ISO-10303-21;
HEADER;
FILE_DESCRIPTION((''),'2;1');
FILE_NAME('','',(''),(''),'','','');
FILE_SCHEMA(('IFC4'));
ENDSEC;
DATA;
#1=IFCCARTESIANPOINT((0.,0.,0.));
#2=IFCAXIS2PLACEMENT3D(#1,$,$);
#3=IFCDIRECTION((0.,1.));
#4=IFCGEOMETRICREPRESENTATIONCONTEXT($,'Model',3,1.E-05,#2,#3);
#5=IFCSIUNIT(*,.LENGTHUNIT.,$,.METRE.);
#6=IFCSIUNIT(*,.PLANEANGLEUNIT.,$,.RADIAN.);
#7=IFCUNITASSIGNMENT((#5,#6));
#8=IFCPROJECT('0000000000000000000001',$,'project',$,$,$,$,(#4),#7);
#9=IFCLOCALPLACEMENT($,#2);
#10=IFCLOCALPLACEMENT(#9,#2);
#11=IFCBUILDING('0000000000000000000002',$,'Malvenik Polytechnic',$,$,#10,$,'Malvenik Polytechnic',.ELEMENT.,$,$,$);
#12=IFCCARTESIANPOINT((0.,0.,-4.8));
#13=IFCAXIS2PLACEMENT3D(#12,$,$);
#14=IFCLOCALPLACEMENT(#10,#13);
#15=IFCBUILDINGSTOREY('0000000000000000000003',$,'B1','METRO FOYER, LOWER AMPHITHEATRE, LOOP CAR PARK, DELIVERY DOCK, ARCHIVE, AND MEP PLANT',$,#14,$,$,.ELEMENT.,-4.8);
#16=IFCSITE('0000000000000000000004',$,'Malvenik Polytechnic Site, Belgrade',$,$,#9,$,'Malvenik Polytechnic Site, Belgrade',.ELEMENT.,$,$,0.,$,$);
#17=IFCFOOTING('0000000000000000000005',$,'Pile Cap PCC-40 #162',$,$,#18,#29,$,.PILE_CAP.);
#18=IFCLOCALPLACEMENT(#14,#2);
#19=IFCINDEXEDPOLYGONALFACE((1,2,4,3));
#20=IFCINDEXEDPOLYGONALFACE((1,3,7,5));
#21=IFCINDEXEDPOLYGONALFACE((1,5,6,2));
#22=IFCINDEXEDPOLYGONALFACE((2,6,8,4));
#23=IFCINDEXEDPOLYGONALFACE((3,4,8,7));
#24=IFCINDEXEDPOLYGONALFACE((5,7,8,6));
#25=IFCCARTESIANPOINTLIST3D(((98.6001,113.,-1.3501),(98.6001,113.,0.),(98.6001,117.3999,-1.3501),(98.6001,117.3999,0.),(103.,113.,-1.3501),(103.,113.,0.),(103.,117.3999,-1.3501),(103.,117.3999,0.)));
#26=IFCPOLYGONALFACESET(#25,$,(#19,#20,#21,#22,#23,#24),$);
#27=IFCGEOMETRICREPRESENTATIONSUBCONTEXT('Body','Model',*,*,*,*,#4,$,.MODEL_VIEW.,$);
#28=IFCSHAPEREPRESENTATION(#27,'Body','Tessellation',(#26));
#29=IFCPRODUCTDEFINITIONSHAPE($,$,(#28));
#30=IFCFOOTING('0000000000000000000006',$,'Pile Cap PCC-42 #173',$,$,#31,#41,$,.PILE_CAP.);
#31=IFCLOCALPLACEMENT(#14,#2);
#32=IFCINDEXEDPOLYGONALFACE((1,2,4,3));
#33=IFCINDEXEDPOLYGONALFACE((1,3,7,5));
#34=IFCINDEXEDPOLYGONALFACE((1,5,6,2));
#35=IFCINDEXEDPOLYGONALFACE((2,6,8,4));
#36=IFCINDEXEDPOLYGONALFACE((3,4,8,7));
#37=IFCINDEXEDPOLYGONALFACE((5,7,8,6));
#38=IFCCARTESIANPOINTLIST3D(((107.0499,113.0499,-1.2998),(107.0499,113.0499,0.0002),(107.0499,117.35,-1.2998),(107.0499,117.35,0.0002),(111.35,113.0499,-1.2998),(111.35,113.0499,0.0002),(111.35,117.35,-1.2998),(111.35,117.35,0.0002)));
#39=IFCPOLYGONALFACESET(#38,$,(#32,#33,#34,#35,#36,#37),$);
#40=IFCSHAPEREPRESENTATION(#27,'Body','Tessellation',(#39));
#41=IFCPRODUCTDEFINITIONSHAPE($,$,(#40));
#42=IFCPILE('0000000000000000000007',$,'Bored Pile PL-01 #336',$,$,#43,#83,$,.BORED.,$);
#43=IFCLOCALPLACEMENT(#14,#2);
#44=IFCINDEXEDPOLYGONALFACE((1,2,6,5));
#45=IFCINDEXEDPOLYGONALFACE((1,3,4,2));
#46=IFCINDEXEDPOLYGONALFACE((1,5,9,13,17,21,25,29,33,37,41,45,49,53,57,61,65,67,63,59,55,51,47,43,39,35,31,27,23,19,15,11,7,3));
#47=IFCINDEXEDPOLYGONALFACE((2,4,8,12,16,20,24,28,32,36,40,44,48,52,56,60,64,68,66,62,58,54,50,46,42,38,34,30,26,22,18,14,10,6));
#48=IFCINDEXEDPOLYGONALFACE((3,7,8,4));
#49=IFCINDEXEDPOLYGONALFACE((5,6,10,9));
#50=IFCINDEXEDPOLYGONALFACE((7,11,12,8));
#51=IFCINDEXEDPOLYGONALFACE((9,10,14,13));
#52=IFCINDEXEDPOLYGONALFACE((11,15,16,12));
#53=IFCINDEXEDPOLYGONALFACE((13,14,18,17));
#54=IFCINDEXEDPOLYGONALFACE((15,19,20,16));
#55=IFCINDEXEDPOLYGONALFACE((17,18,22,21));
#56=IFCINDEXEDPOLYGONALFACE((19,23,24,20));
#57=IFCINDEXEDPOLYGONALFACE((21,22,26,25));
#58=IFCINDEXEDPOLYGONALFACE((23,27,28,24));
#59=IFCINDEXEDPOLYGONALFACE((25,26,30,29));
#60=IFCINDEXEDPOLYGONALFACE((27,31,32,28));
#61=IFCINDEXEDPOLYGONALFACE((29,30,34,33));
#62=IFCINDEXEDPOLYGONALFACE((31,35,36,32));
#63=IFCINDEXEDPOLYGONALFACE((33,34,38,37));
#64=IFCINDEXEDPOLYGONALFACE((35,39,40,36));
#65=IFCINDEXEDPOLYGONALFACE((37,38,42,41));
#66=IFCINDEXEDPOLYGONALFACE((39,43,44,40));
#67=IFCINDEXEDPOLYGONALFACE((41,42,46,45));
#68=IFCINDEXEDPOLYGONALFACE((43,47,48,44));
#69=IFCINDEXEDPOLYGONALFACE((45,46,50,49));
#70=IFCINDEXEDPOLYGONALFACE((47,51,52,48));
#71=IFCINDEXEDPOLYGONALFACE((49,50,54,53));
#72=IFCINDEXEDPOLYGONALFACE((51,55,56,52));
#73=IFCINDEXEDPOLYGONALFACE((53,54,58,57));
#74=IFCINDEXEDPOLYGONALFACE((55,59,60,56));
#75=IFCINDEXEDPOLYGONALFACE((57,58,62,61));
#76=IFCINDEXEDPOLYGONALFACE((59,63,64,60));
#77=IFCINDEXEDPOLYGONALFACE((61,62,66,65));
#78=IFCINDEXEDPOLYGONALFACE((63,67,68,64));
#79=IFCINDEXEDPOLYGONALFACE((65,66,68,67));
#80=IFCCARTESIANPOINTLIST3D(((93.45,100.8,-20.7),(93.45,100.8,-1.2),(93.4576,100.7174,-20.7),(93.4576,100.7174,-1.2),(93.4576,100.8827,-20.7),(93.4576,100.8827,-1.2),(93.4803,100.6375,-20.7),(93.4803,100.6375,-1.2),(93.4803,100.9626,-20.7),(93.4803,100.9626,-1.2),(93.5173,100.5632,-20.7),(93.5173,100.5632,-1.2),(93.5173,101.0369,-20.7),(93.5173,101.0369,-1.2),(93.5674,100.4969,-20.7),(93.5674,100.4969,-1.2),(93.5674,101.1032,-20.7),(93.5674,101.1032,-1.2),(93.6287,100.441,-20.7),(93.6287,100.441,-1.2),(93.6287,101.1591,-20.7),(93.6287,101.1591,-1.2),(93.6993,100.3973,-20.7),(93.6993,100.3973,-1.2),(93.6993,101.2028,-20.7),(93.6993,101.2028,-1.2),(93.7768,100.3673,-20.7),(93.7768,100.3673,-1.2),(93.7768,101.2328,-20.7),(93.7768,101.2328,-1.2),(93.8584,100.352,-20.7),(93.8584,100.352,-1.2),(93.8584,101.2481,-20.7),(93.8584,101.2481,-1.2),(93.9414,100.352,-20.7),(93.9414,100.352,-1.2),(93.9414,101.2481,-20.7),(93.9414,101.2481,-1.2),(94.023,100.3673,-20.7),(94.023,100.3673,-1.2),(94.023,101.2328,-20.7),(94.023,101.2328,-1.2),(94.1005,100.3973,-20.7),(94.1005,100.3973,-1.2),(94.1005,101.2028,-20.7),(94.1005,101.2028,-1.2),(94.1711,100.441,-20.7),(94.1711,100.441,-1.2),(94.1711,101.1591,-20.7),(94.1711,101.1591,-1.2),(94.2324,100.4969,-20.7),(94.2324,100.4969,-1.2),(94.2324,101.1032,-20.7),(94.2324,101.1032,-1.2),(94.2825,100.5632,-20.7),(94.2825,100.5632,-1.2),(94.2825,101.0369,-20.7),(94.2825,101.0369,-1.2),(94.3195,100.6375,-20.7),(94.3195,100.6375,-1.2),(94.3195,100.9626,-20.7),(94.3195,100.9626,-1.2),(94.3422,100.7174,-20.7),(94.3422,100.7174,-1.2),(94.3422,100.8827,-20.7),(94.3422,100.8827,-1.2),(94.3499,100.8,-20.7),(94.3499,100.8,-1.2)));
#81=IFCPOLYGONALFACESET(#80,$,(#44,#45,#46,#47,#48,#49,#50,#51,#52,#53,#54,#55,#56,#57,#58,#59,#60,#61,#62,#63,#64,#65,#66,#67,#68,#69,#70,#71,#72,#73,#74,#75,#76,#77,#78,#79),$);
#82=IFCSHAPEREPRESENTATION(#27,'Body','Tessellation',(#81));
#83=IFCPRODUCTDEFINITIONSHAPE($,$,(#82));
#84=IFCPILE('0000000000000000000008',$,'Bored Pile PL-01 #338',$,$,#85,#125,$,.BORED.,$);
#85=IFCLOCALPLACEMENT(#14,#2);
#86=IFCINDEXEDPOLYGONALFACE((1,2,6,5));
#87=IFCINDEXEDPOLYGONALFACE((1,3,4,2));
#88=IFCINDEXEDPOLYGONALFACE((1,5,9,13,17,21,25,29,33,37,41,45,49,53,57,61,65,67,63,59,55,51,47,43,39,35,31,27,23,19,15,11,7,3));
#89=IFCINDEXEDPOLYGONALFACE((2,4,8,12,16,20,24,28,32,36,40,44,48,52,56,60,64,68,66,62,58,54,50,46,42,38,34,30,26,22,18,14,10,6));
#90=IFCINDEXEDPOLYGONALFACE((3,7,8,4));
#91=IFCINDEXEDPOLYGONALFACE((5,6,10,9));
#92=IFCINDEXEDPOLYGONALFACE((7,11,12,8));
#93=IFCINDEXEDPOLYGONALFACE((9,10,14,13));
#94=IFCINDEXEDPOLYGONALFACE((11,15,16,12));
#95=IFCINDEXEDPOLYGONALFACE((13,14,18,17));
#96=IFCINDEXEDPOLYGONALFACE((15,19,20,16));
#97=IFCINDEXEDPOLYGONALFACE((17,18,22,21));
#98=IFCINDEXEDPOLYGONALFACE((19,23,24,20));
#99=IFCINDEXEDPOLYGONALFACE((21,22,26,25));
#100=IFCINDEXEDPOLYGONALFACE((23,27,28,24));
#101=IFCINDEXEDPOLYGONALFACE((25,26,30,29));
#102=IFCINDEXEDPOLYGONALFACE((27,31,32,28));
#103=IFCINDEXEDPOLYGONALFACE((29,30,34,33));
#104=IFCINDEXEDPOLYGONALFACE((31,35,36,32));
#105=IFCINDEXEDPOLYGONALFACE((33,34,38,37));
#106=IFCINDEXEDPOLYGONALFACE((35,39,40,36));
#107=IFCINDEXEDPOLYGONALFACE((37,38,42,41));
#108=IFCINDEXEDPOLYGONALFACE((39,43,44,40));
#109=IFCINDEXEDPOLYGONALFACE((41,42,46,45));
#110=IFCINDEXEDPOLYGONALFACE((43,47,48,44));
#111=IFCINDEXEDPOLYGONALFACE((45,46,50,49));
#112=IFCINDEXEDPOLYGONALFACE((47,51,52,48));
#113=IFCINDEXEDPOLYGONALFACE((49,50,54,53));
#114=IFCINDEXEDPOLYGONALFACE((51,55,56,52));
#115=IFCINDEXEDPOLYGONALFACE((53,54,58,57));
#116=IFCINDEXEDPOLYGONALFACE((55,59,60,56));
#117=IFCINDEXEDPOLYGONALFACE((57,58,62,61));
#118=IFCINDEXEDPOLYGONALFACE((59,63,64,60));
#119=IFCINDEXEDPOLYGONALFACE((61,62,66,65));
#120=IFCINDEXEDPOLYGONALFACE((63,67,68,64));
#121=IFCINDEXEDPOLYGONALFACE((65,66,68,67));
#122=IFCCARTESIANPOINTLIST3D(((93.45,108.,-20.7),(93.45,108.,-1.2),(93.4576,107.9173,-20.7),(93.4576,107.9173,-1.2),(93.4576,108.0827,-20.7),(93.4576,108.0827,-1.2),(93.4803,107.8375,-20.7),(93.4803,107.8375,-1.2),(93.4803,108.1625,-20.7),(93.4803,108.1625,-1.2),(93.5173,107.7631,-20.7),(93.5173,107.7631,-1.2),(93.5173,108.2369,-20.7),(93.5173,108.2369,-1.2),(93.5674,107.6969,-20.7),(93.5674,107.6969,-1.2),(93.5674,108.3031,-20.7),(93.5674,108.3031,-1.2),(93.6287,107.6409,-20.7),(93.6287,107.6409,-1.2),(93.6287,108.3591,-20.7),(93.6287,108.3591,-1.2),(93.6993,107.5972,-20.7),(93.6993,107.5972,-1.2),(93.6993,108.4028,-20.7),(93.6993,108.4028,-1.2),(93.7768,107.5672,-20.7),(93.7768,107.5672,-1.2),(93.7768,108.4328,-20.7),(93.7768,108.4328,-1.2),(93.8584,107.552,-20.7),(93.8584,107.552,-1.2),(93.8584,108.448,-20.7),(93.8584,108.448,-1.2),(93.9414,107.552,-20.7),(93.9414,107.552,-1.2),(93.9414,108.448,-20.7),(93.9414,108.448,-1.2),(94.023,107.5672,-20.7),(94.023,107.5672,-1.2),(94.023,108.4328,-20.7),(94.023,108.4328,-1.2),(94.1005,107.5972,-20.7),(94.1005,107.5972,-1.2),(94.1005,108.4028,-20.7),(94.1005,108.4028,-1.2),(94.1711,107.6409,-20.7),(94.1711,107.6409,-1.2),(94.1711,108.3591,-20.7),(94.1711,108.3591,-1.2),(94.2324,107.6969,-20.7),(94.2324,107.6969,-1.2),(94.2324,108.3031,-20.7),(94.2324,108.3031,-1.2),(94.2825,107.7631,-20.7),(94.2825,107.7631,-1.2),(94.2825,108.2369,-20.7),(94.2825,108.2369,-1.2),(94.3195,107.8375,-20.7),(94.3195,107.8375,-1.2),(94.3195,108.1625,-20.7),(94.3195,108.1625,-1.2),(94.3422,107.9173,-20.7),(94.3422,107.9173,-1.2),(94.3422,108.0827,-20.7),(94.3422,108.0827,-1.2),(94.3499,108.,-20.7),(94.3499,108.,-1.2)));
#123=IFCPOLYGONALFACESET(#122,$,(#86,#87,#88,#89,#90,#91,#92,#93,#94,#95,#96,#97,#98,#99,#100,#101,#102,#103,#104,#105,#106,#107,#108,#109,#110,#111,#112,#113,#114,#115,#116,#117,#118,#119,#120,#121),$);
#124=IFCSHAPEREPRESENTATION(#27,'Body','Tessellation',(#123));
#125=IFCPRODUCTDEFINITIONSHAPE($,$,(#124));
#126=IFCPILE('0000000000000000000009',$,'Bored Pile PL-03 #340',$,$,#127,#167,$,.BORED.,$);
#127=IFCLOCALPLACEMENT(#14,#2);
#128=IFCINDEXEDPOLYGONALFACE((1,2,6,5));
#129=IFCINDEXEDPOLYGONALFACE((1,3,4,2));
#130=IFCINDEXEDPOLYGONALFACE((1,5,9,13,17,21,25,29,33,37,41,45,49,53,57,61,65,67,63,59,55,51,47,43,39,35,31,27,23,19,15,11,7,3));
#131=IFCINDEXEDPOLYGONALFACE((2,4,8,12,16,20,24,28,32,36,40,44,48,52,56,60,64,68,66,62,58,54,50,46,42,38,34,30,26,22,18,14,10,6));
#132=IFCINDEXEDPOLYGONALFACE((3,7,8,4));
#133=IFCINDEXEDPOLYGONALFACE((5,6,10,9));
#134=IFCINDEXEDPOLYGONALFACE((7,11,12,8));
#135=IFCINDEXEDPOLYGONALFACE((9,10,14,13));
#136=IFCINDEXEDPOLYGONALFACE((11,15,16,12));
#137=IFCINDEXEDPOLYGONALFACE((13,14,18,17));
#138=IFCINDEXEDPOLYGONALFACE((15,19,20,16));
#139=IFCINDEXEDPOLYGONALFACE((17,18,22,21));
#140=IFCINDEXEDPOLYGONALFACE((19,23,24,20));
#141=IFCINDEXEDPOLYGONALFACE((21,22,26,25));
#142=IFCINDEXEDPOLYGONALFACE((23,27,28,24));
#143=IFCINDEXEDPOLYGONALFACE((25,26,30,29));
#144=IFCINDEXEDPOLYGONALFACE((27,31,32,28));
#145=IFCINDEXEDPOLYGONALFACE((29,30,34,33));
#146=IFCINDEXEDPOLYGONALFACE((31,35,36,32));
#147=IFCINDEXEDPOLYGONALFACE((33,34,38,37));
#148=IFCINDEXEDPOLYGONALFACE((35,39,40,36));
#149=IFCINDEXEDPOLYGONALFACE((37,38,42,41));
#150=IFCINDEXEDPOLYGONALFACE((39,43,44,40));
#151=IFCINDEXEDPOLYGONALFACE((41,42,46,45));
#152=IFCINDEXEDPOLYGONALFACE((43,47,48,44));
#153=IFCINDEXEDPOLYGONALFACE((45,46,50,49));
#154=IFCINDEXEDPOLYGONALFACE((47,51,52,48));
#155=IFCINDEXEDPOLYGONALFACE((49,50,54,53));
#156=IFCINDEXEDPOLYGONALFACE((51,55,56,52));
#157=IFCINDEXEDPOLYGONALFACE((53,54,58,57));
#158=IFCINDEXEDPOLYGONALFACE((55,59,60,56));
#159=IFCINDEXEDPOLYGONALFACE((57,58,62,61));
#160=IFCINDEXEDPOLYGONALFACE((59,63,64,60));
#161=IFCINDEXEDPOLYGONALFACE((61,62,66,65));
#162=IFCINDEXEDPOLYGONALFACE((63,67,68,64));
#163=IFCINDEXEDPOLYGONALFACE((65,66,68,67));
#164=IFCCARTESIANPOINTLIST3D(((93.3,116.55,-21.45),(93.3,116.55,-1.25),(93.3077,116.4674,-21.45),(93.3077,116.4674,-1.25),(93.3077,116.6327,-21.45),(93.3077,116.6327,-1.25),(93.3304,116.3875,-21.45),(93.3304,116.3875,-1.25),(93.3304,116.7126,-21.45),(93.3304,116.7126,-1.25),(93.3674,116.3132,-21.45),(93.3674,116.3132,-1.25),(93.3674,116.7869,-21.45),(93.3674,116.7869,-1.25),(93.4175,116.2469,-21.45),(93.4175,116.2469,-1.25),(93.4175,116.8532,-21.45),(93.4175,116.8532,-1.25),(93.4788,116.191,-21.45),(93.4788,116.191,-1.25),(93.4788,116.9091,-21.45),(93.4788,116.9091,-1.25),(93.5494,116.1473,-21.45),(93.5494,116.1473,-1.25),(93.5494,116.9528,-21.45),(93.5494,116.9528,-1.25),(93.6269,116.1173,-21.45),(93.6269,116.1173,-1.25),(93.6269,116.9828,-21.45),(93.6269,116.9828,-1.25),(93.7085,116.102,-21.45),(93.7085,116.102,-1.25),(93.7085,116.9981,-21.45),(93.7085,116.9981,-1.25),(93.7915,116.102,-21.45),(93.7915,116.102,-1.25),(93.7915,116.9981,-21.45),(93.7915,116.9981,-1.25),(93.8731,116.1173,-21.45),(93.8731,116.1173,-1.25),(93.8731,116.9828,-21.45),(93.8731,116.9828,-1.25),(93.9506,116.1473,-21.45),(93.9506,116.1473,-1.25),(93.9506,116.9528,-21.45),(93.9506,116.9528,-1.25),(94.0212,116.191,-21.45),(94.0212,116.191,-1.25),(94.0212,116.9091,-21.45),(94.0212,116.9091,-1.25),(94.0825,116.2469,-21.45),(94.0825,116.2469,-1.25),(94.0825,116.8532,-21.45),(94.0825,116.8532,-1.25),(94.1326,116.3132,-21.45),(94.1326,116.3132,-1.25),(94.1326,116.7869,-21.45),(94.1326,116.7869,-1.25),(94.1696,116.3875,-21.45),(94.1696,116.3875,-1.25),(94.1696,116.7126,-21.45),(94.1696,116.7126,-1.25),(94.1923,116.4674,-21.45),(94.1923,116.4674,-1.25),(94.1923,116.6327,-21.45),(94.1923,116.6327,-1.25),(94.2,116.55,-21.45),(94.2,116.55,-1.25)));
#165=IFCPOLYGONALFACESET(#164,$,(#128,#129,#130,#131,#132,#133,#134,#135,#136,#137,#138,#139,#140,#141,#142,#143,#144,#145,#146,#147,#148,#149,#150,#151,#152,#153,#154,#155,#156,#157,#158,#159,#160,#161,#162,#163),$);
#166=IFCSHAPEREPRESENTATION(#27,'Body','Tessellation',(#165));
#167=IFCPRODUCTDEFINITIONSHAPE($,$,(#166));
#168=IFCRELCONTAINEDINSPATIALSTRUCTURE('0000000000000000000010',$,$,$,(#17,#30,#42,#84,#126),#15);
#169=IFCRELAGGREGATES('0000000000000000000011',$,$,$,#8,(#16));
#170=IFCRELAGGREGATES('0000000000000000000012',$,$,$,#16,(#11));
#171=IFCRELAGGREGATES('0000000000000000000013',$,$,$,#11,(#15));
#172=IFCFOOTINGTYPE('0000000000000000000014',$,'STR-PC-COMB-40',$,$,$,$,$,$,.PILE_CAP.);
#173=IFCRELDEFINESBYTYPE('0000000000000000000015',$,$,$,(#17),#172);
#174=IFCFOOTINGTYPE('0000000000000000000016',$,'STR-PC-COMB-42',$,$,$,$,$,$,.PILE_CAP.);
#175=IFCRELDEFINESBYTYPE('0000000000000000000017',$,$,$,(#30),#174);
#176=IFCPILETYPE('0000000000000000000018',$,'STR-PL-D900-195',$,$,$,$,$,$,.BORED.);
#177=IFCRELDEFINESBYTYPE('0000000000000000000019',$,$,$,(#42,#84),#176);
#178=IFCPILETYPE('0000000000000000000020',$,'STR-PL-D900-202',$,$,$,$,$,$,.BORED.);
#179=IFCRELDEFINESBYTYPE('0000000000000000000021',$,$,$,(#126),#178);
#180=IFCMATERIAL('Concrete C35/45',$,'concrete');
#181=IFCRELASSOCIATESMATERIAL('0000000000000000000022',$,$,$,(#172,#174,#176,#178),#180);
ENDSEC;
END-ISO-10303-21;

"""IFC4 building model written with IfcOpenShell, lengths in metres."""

from ifc_helpers import new_model, si_unit, direction, frame, origin, origin_2d, place, context, subcontext, project, spatial, rectangle, circle, extrude, material, material_profile, profile_set, type_object, element, save


model = new_model("IFC4")

# Units and contexts
model_context = context("Model", 3, precision=1e-05, world=origin(), true_north=direction((0.0, 1.0)))
body_context = subcontext(model_context, "Body", "Model", "MODEL_VIEW")
ifc_project = project(units=[si_unit("LENGTHUNIT", "METRE"), si_unit("PLANEANGLEUNIT", "RADIAN")], contexts=[model_context])

# Site, building, storey
site_placement = place(None, origin())
site = spatial("IfcSite", under=ifc_project, at=site_placement, Name="Malvenik Polytechnic Site, Belgrade", LongName="Malvenik Polytechnic Site, Belgrade", CompositionType="ELEMENT", RefElevation=0.0)
building_placement = place(site_placement, origin())
building = spatial("IfcBuilding", under=site, at=building_placement, Name="Malvenik Polytechnic", LongName="Malvenik Polytechnic", CompositionType="ELEMENT")
storey_placement = place(building_placement, frame((0.0, 0.0, -4.8)))
storey = spatial("IfcBuildingStorey", under=building, at=storey_placement, Name="B1", Description="METRO FOYER, LOWER AMPHITHEATRE, LOOP CAR PARK, DELIVERY DOCK, ARCHIVE, AND MEP PLANT", CompositionType="ELEMENT", Elevation=-4.8)

# Footings
ifc_material_1 = material(Name="Concrete C35/45", Category="concrete")
footing_type_1 = type_object("IfcFootingType", Name="STR-PC-COMB-40", PredefinedType="PILE_CAP", material=ifc_material_1)
footing_1_placement = place(storey_placement, frame((100.8, 115.2, -1.3501), z_axis=(0.0, 0.0, 1.0), x_axis=(1.0, 0.0, 0.0)))
element("IfcFooting", 1, at=footing_1_placement, inside=storey, type_object=footing_type_1, Name="Pile Cap PCC-40 #162", PredefinedType="PILE_CAP", context=body_context, shape_type="SweptSolid", body=[
    extrude(rectangle(XDim=4.3999, YDim=4.3999, at=origin_2d()), origin(), (0.0, 0.0, 1.0), 1.3501),
])
footing_type_2 = type_object("IfcFootingType", Name="STR-PC-COMB-42", PredefinedType="PILE_CAP", material=ifc_material_1)
footing_2_placement = place(storey_placement, frame((109.2, 115.2, -1.2998), z_axis=(0.0, 0.0, 1.0), x_axis=(1.0, 0.0, 0.0)))
element("IfcFooting", 2, at=footing_2_placement, inside=storey, type_object=footing_type_2, Name="Pile Cap PCC-42 #173", PredefinedType="PILE_CAP", context=body_context, shape_type="SweptSolid", body=[
    extrude(rectangle(XDim=4.3, YDim=4.3, at=origin_2d()), origin(), (0.0, 0.0, 1.0), 1.3),
])

# Piles
ifc_material_profile_1 = material_profile(ifc_material_1, circle(Radius=0.45, at=origin_2d()), Name="BORED PILE D900")
ifc_profile_set_1 = profile_set([ifc_material_profile_1], Name="Concrete C35/45")
pile_type_1 = type_object("IfcPileType", Name="STR-PL-D900-195", PredefinedType="BORED", material=ifc_profile_set_1)
for number, where, z_axis, x_axis, name in (
    (3, (93.8999, 100.8, -1.2), (0.0, 0.0, -1.0), (1.0, 0.0, 0.0), "Bored Pile PL-01 #336"),
    (4, (93.8999, 108.0, -1.2), (0.0, 0.0, -1.0), (1.0, 0.0, 0.0), "Bored Pile PL-01 #338"),
):
    element("IfcPile", number, at=place(storey_placement, frame(where, z_axis=z_axis, x_axis=x_axis)), inside=storey, type_object=pile_type_1, Name=name, PredefinedType="BORED", context=body_context, shape_type="SweptSolid", body=[
        extrude(circle(Radius=0.45, at=origin_2d()), origin(), (0.0, 0.0, 1.0), 19.5),
    ])
ifc_material_profile_2 = material_profile(ifc_material_1, circle(Radius=0.45, at=origin_2d()), Name="BORED PILE D900")
ifc_profile_set_2 = profile_set([ifc_material_profile_2], Name="Concrete C35/45")
pile_type_2 = type_object("IfcPileType", Name="STR-PL-D900-202", PredefinedType="BORED", material=ifc_profile_set_2)
for number, where, z_axis, x_axis, name in (
    (5, (93.75, 116.55, -1.25), (0.0, 0.0, -1.0), (1.0, 0.0, 0.0), "Bored Pile PL-03 #340"),
):
    element("IfcPile", number, at=place(storey_placement, frame(where, z_axis=z_axis, x_axis=x_axis)), inside=storey, type_object=pile_type_2, Name=name, PredefinedType="BORED", context=body_context, shape_type="SweptSolid", body=[
        extrude(circle(Radius=0.45, at=origin_2d()), origin(), (0.0, 0.0, 1.0), 20.2),
    ])

save(model, "model.ifc")
